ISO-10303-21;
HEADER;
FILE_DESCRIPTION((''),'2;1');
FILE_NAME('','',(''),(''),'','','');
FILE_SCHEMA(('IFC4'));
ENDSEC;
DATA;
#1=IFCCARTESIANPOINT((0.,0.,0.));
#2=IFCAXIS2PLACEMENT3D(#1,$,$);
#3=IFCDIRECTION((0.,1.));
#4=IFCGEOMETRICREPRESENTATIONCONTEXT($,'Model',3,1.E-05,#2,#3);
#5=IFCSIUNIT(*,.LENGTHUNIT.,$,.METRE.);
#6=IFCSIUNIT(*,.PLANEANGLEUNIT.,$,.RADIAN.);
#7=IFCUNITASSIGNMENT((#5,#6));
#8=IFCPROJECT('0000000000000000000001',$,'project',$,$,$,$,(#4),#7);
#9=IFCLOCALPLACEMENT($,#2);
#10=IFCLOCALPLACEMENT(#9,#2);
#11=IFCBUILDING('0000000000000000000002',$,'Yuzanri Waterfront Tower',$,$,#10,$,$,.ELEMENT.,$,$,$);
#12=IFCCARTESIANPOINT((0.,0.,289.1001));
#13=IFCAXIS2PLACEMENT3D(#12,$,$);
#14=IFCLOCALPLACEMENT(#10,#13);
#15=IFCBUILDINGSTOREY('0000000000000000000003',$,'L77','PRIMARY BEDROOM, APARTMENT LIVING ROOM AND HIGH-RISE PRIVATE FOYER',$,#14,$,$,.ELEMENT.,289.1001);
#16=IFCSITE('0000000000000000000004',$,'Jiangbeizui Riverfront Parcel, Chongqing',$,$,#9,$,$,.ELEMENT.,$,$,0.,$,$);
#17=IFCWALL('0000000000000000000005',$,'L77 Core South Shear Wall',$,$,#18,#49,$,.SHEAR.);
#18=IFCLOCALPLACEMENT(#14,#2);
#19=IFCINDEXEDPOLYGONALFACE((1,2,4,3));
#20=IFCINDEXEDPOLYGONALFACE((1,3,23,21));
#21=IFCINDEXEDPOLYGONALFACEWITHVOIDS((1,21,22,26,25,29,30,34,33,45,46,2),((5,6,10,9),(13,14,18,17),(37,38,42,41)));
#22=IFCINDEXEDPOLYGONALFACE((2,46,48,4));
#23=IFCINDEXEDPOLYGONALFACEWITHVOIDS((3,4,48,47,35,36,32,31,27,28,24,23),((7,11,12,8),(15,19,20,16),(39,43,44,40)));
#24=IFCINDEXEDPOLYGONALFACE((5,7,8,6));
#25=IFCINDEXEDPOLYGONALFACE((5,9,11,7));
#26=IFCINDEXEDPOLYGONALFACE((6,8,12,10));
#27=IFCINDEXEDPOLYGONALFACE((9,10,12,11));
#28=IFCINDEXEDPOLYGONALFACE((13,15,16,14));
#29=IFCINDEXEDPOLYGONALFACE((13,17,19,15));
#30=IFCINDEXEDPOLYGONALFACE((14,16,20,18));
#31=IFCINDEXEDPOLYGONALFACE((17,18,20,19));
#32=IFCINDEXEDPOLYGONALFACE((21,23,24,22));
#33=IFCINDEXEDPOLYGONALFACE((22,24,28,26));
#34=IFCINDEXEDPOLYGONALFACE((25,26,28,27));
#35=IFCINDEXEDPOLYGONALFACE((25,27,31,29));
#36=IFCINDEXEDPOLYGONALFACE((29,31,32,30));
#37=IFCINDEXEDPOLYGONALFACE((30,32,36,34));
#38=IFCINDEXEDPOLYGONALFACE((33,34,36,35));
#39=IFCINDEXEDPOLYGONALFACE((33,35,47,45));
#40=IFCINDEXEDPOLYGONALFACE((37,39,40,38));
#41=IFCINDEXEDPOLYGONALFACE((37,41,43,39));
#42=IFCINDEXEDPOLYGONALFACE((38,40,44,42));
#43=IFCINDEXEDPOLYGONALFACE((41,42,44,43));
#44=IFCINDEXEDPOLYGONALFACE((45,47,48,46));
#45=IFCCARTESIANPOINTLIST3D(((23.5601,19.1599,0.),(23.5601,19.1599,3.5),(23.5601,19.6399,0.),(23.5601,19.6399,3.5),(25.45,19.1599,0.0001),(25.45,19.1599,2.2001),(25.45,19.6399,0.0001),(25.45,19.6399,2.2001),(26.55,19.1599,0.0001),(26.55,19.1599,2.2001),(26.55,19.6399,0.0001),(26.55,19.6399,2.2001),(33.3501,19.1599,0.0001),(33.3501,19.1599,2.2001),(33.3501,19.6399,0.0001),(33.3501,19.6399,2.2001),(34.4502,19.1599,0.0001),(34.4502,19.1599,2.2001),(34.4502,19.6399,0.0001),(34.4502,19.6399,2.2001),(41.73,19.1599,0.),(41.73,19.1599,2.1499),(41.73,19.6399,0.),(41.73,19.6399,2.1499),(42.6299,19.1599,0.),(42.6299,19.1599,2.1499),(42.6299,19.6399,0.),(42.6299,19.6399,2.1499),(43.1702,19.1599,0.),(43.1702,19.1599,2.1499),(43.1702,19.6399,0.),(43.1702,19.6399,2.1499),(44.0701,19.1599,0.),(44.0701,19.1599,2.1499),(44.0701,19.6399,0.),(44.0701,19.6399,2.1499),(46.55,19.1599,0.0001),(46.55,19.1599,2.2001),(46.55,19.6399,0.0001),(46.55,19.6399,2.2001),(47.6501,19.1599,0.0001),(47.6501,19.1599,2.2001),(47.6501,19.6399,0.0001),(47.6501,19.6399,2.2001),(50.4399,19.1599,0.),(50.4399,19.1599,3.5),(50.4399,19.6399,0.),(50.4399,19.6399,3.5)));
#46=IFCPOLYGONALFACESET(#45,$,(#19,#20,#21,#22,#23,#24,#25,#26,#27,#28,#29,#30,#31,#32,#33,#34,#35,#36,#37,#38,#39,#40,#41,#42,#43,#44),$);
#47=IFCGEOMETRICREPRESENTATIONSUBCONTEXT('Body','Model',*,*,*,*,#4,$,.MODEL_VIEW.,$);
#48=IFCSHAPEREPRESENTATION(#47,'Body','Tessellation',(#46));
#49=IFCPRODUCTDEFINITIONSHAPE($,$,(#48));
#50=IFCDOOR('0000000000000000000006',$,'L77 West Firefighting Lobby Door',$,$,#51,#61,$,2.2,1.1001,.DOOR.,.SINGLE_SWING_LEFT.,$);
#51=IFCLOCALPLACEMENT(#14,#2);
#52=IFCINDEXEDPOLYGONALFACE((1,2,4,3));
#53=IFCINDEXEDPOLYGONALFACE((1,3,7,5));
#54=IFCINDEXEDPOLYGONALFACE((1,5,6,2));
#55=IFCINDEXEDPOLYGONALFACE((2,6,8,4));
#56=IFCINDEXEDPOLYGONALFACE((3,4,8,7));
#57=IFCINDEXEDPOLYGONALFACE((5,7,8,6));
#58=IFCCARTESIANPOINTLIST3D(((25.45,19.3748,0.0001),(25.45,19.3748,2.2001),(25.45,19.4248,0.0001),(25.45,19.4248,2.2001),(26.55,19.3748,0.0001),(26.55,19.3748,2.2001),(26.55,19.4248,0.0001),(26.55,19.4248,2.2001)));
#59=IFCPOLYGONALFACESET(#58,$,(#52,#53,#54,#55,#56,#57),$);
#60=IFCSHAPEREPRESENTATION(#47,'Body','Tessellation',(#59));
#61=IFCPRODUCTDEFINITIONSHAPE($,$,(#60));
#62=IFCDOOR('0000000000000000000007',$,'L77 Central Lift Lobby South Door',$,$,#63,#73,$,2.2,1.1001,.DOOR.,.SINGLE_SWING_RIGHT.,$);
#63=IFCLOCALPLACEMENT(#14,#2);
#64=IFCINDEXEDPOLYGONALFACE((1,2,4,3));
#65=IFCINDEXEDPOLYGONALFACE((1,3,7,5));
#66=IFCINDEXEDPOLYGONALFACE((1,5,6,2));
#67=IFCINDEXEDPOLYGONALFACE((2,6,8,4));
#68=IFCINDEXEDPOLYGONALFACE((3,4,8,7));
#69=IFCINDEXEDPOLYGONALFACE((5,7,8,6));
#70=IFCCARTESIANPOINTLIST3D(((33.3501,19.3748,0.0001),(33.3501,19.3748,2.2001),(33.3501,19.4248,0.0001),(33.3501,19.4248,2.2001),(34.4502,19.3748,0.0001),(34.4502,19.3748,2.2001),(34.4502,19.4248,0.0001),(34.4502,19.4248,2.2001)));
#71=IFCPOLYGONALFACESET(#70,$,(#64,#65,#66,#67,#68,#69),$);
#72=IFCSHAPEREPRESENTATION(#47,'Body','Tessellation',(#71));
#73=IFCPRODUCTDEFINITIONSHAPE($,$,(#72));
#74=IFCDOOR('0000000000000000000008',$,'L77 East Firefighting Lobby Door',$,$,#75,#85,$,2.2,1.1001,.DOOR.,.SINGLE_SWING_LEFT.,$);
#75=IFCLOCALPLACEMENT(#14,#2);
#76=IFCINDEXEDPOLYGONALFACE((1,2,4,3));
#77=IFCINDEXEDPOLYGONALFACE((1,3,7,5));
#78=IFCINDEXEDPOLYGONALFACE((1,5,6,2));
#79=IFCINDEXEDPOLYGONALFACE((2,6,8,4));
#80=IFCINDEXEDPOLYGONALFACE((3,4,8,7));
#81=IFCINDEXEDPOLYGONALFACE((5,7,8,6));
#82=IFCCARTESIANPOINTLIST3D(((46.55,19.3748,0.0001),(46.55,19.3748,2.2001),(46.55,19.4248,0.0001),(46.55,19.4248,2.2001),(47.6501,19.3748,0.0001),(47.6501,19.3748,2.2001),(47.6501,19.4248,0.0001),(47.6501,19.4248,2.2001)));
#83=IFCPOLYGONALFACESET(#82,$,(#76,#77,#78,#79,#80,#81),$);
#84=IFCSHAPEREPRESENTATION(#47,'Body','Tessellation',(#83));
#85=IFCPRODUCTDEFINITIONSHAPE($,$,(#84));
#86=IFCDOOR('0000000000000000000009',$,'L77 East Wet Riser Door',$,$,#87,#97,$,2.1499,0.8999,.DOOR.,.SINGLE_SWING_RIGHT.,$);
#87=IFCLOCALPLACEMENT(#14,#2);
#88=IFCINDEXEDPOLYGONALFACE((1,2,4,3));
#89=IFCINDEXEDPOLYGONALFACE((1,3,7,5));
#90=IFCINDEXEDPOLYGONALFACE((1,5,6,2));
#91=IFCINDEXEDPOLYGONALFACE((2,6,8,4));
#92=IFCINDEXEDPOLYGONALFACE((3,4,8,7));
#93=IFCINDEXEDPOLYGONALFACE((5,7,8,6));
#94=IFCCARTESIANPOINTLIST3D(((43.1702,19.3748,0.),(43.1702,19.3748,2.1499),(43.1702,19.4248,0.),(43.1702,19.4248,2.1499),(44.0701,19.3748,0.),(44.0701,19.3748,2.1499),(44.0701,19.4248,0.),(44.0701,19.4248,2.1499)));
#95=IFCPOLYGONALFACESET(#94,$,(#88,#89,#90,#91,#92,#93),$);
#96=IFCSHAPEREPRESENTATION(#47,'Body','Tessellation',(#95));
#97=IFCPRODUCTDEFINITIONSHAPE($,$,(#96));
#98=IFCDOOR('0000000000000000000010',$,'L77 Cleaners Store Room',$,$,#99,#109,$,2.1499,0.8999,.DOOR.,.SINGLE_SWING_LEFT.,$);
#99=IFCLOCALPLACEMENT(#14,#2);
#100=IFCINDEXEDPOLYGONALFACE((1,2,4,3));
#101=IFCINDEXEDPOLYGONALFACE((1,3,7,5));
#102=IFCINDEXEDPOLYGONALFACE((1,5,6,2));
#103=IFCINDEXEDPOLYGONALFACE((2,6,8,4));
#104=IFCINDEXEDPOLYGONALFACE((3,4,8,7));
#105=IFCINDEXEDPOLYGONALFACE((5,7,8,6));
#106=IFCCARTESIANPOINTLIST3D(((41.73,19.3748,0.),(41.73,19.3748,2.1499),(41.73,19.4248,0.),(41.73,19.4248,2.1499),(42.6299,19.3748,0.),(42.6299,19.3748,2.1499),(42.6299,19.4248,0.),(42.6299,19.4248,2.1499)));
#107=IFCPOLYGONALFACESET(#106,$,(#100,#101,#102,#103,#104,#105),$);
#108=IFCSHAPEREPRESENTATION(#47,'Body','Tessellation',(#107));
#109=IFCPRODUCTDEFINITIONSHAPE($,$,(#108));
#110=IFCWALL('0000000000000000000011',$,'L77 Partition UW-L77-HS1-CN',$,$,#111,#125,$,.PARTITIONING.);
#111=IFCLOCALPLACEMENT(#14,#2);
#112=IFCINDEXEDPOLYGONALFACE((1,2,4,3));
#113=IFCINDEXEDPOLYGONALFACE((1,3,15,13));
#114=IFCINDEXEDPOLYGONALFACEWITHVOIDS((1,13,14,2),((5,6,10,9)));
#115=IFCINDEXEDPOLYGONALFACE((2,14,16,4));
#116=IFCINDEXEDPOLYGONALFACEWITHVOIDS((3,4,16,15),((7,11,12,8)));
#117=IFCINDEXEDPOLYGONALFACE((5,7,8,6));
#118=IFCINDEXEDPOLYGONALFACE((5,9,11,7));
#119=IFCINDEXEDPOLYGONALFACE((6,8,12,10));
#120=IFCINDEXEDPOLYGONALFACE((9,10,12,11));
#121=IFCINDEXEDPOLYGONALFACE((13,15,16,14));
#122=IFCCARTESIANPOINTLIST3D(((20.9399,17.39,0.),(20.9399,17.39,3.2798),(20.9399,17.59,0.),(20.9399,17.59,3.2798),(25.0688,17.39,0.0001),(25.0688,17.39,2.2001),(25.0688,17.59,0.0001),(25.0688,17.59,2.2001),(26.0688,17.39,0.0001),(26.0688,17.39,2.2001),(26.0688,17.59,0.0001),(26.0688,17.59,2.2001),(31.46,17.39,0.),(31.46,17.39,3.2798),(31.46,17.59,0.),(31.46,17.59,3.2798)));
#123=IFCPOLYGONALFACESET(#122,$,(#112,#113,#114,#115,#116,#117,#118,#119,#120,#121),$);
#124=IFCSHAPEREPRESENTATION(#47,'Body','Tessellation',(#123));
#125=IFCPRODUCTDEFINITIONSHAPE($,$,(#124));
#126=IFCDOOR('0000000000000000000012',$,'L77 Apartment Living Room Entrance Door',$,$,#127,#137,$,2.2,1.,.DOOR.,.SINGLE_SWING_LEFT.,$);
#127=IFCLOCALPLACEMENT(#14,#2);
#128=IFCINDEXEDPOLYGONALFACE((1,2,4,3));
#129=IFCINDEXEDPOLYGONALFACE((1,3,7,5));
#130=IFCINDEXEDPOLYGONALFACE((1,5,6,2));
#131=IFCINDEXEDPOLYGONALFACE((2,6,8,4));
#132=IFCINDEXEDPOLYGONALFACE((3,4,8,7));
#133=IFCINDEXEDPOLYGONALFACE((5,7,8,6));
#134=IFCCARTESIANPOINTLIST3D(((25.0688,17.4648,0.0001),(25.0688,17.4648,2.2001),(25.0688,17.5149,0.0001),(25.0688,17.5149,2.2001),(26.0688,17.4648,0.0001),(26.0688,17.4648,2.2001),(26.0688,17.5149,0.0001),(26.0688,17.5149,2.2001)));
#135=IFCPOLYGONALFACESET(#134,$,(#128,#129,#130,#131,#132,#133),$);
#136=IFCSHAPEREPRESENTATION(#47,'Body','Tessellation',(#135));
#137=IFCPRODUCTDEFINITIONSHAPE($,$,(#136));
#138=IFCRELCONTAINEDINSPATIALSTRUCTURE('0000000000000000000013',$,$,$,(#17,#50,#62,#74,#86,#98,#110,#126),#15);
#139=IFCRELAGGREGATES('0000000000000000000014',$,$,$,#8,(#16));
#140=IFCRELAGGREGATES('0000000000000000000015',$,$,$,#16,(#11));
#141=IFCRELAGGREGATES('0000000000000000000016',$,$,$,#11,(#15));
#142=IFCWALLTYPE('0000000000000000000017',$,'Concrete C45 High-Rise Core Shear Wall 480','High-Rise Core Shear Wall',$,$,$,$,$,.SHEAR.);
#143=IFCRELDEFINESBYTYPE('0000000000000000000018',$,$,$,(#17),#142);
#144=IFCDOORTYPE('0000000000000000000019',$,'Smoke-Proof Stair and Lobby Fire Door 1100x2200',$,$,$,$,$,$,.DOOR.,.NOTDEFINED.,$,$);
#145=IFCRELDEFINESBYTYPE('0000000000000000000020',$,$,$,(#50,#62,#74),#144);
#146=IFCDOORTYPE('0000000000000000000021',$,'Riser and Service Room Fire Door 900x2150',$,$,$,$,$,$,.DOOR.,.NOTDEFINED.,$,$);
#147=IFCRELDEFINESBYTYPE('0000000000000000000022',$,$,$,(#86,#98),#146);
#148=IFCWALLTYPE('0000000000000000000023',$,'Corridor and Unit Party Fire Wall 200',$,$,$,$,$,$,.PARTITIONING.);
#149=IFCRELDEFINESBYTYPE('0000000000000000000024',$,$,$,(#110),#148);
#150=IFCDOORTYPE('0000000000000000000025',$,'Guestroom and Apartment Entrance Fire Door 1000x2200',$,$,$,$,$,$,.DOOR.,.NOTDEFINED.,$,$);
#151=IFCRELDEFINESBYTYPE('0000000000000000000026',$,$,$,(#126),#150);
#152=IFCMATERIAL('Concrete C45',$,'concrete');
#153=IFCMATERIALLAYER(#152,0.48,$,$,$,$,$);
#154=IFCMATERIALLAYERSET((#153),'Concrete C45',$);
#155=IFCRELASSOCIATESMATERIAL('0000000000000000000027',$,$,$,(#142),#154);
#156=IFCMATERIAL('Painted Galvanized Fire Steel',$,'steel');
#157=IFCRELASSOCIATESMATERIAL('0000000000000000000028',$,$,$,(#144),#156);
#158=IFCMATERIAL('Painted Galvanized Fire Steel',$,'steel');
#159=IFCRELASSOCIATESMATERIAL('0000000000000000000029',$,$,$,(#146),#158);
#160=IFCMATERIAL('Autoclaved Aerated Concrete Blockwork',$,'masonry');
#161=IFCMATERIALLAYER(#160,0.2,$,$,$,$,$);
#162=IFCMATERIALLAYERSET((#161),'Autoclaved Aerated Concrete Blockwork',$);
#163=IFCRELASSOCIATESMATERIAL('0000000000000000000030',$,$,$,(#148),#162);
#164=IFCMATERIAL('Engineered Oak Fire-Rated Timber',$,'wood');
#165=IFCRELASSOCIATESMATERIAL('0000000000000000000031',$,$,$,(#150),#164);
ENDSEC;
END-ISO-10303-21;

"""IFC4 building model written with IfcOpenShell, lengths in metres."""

from ifc_helpers import new_model, si_unit, direction, frame, frame_2d, origin, place, context, subcontext, project, spatial, rectangle, extrude, source, transform, mapped, material, layer, layer_set, type_object, element, fill, save


model = new_model("IFC4")

# Units and contexts
model_context = context("Model", 3, precision=1e-05, world=origin(), true_north=direction((0.0, 1.0)))
body_context = subcontext(model_context, "Body", "Model", "MODEL_VIEW")
ifc_project = project(units=[si_unit("LENGTHUNIT", "METRE"), si_unit("PLANEANGLEUNIT", "RADIAN")], contexts=[model_context])

# Site, building, storey
site_placement = place(None, origin())
site = spatial("IfcSite", under=ifc_project, at=site_placement, Name="Jiangbeizui Riverfront Parcel, Chongqing", CompositionType="ELEMENT", RefElevation=0.0)
building_placement = place(site_placement, origin())
building = spatial("IfcBuilding", under=site, at=building_placement, Name="Yuzanri Waterfront Tower", CompositionType="ELEMENT")
storey_placement = place(building_placement, frame((0.0, 0.0, 289.1001)))
storey = spatial("IfcBuildingStorey", under=building, at=storey_placement, Name="L77", Description="PRIMARY BEDROOM, APARTMENT LIVING ROOM AND HIGH-RISE PRIVATE FOYER", CompositionType="ELEMENT", Elevation=289.1001)

# Wall, openings, doors
ifc_material_1 = material(Name="Concrete C45", Category="concrete")
ifc_layer_1 = layer(ifc_material_1, 0.48)
ifc_layer_set_1 = layer_set([ifc_layer_1], Name="Concrete C45")
wall_type_1 = type_object("IfcWallType", Name="Concrete C45 High-Rise Core Shear Wall 480", Description="High-Rise Core Shear Wall", PredefinedType="SHEAR", material=ifc_layer_set_1)
wall_1_placement = place(storey_placement, frame((23.5601, 19.3999, 0.0), z_axis=(0.0, 0.0, 1.0), x_axis=(1.0, 0.0, 0.0)))
wall_1 = element("IfcWall", 1, at=wall_1_placement, inside=storey, type_object=wall_type_1, Name="L77 Core South Shear Wall", PredefinedType="SHEAR", context=body_context, shape_type="SweptSolid", body=[
    extrude(rectangle(XDim=26.8799, YDim=0.48, at=frame_2d((13.4399, 0.0))), origin(), (0.0, 0.0, 1.0), 3.5),
])
opening_1_placement = place(wall_1_placement, frame((1.8899, 0.0, 0.0)))
opening_1 = element("IfcOpeningElement", 2, at=opening_1_placement, cuts=wall_1, PredefinedType="OPENING", context=body_context, shape_type="SweptSolid", body=[
    extrude(rectangle(XDim=1.1001, YDim=2.2, at=frame_2d((0.55, 1.1001))), frame((0.0, 0.2549, 0.0), z_axis=(0.0, -1.0, 0.0), x_axis=(1.0, 0.0, 0.0)), (0.0, 0.0, 1.0), 0.5098),
])
opening_2_placement = place(wall_1_placement, frame((9.79, 0.0, 0.0)))
opening_2 = element("IfcOpeningElement", 3, at=opening_2_placement, cuts=wall_1, PredefinedType="OPENING", context=body_context, shape_type="SweptSolid", body=[
    extrude(rectangle(XDim=1.1001, YDim=2.2, at=frame_2d((0.55, 1.1001))), frame((0.0, 0.2549, 0.0), z_axis=(0.0, -1.0, 0.0), x_axis=(1.0, 0.0, 0.0)), (0.0, 0.0, 1.0), 0.5098),
])
opening_3_placement = place(wall_1_placement, frame((22.99, 0.0, 0.0)))
opening_3 = element("IfcOpeningElement", 4, at=opening_3_placement, cuts=wall_1, PredefinedType="OPENING", context=body_context, shape_type="SweptSolid", body=[
    extrude(rectangle(XDim=1.1001, YDim=2.2, at=frame_2d((0.55, 1.1001))), frame((0.0, 0.2549, 0.0), z_axis=(0.0, -1.0, 0.0), x_axis=(1.0, 0.0, 0.0)), (0.0, 0.0, 1.0), 0.5098),
])
opening_4_placement = place(wall_1_placement, frame((19.6101, 0.0, 0.0)))
opening_4 = element("IfcOpeningElement", 5, at=opening_4_placement, cuts=wall_1, PredefinedType="OPENING", context=body_context, shape_type="SweptSolid", body=[
    extrude(rectangle(XDim=0.8999, YDim=2.1499, at=frame_2d((0.45, 1.075))), frame((0.0, 0.2549, 0.0), z_axis=(0.0, -1.0, 0.0), x_axis=(1.0, 0.0, 0.0)), (0.0, 0.0, 1.0), 0.5098),
])
opening_5_placement = place(wall_1_placement, frame((18.1699, 0.0, 0.0)))
opening_5 = element("IfcOpeningElement", 6, at=opening_5_placement, cuts=wall_1, PredefinedType="OPENING", context=body_context, shape_type="SweptSolid", body=[
    extrude(rectangle(XDim=0.8999, YDim=2.1499, at=frame_2d((0.45, 1.075))), frame((0.0, 0.2549, 0.0), z_axis=(0.0, -1.0, 0.0), x_axis=(1.0, 0.0, 0.0)), (0.0, 0.0, 1.0), 0.5098),
])
ifc_material_2 = material(Name="Painted Galvanized Fire Steel", Category="steel")
door_type_1 = type_object("IfcDoorType", Name="Smoke-Proof Stair and Lobby Fire Door 1100x2200", OperationType="NOTDEFINED", PredefinedType="DOOR", material=ifc_material_2)
shared_shape_1 = source(origin(), body_context, "Body", "SweptSolid", [
    extrude(rectangle(XDim=1.1001, YDim=2.2, at=frame_2d((0.55, 1.1001))), frame((0.0, 0.0249, 0.0), z_axis=(0.0, -1.0, 0.0), x_axis=(1.0, 0.0, 0.0)), (0.0, 0.0, 1.0), 0.05),
])
door_1_placement = place(opening_1_placement, origin())
door_1 = element("IfcDoor", 7, at=door_1_placement, inside=storey, type_object=door_type_1, Name="L77 West Firefighting Lobby Door", OperationType="SINGLE_SWING_LEFT", OverallHeight=2.2, OverallWidth=1.1001, PredefinedType="DOOR", context=body_context, shape_type="MappedRepresentation", body=[
    mapped(shared_shape_1, transform((0.0, 0.0, 0.0), scale=1.0)),
])
fill(opening_1, door_1)
door_2_placement = place(opening_2_placement, origin())
door_2 = element("IfcDoor", 8, at=door_2_placement, inside=storey, type_object=door_type_1, Name="L77 Central Lift Lobby South Door", OperationType="SINGLE_SWING_RIGHT", OverallHeight=2.2, OverallWidth=1.1001, PredefinedType="DOOR", context=body_context, shape_type="MappedRepresentation", body=[
    mapped(shared_shape_1, transform((0.0, 0.0, 0.0), scale=1.0)),
])
fill(opening_2, door_2)
door_3_placement = place(opening_3_placement, origin())
door_3 = element("IfcDoor", 9, at=door_3_placement, inside=storey, type_object=door_type_1, Name="L77 East Firefighting Lobby Door", OperationType="SINGLE_SWING_LEFT", OverallHeight=2.2, OverallWidth=1.1001, PredefinedType="DOOR", context=body_context, shape_type="MappedRepresentation", body=[
    mapped(shared_shape_1, transform((0.0, 0.0, 0.0), scale=1.0)),
])
fill(opening_3, door_3)
ifc_material_3 = material(Name="Painted Galvanized Fire Steel", Category="steel")
door_type_2 = type_object("IfcDoorType", Name="Riser and Service Room Fire Door 900x2150", OperationType="NOTDEFINED", PredefinedType="DOOR", material=ifc_material_3)
shared_shape_2 = source(origin(), body_context, "Body", "SweptSolid", [
    extrude(rectangle(XDim=0.8999, YDim=2.1499, at=frame_2d((0.45, 1.075))), frame((0.0, 0.0249, 0.0), z_axis=(0.0, -1.0, 0.0), x_axis=(1.0, 0.0, 0.0)), (0.0, 0.0, 1.0), 0.05),
])
door_4_placement = place(opening_4_placement, origin())
door_4 = element("IfcDoor", 10, at=door_4_placement, inside=storey, type_object=door_type_2, Name="L77 East Wet Riser Door", OperationType="SINGLE_SWING_RIGHT", OverallHeight=2.1499, OverallWidth=0.8999, PredefinedType="DOOR", context=body_context, shape_type="MappedRepresentation", body=[
    mapped(shared_shape_2, transform((0.0, 0.0, 0.0), scale=1.0)),
])
fill(opening_4, door_4)
door_5_placement = place(opening_5_placement, origin())
door_5 = element("IfcDoor", 11, at=door_5_placement, inside=storey, type_object=door_type_2, Name="L77 Cleaners Store Room", OperationType="SINGLE_SWING_LEFT", OverallHeight=2.1499, OverallWidth=0.8999, PredefinedType="DOOR", context=body_context, shape_type="MappedRepresentation", body=[
    mapped(shared_shape_2, transform((0.0, 0.0, 0.0), scale=1.0)),
])
fill(opening_5, door_5)

# Wall, opening, door
ifc_material_4 = material(Name="Autoclaved Aerated Concrete Blockwork", Category="masonry")
ifc_layer_2 = layer(ifc_material_4, 0.2)
ifc_layer_set_2 = layer_set([ifc_layer_2], Name="Autoclaved Aerated Concrete Blockwork")
wall_type_2 = type_object("IfcWallType", Name="Corridor and Unit Party Fire Wall 200", PredefinedType="PARTITIONING", material=ifc_layer_set_2)
wall_2_placement = place(storey_placement, frame((20.9399, 17.49, 0.0), z_axis=(0.0, 0.0, 1.0), x_axis=(1.0, 0.0, 0.0)))
wall_2 = element("IfcWall", 12, at=wall_2_placement, inside=storey, type_object=wall_type_2, Name="L77 Partition UW-L77-HS1-CN", PredefinedType="PARTITIONING", context=body_context, shape_type="SweptSolid", body=[
    extrude(rectangle(XDim=10.52, YDim=0.2, at=frame_2d((5.26, 0.0))), origin(), (0.0, 0.0, 1.0), 3.2798),
])
opening_6_placement = place(wall_2_placement, frame((4.1289, 0.0, 0.0)))
opening_6 = element("IfcOpeningElement", 13, at=opening_6_placement, cuts=wall_2, PredefinedType="OPENING", context=body_context, shape_type="SweptSolid", body=[
    extrude(rectangle(XDim=1.0, YDim=2.2, at=frame_2d((0.5, 1.1001))), frame((0.0, 0.1147, 0.0), z_axis=(0.0, -1.0, 0.0), x_axis=(1.0, 0.0, 0.0)), (0.0, 0.0, 1.0), 0.2297),
])
ifc_material_5 = material(Name="Engineered Oak Fire-Rated Timber", Category="wood")
door_type_3 = type_object("IfcDoorType", Name="Guestroom and Apartment Entrance Fire Door 1000x2200", OperationType="NOTDEFINED", PredefinedType="DOOR", material=ifc_material_5)
shared_shape_3 = source(origin(), body_context, "Body", "SweptSolid", [
    extrude(rectangle(XDim=1.0, YDim=2.2, at=frame_2d((0.5, 1.1001))), frame((0.0, 0.0249, 0.0), z_axis=(0.0, -1.0, 0.0), x_axis=(1.0, 0.0, 0.0)), (0.0, 0.0, 1.0), 0.05),
])
door_6_placement = place(opening_6_placement, origin())
door_6 = element("IfcDoor", 14, at=door_6_placement, inside=storey, type_object=door_type_3, Name="L77 Apartment Living Room Entrance Door", OperationType="SINGLE_SWING_LEFT", OverallHeight=2.2, OverallWidth=1.0, PredefinedType="DOOR", context=body_context, shape_type="MappedRepresentation", body=[
    mapped(shared_shape_3, transform((0.0, 0.0, 0.0), scale=1.0)),
])
fill(opening_6, door_6)

save(model, "model.ifc")
